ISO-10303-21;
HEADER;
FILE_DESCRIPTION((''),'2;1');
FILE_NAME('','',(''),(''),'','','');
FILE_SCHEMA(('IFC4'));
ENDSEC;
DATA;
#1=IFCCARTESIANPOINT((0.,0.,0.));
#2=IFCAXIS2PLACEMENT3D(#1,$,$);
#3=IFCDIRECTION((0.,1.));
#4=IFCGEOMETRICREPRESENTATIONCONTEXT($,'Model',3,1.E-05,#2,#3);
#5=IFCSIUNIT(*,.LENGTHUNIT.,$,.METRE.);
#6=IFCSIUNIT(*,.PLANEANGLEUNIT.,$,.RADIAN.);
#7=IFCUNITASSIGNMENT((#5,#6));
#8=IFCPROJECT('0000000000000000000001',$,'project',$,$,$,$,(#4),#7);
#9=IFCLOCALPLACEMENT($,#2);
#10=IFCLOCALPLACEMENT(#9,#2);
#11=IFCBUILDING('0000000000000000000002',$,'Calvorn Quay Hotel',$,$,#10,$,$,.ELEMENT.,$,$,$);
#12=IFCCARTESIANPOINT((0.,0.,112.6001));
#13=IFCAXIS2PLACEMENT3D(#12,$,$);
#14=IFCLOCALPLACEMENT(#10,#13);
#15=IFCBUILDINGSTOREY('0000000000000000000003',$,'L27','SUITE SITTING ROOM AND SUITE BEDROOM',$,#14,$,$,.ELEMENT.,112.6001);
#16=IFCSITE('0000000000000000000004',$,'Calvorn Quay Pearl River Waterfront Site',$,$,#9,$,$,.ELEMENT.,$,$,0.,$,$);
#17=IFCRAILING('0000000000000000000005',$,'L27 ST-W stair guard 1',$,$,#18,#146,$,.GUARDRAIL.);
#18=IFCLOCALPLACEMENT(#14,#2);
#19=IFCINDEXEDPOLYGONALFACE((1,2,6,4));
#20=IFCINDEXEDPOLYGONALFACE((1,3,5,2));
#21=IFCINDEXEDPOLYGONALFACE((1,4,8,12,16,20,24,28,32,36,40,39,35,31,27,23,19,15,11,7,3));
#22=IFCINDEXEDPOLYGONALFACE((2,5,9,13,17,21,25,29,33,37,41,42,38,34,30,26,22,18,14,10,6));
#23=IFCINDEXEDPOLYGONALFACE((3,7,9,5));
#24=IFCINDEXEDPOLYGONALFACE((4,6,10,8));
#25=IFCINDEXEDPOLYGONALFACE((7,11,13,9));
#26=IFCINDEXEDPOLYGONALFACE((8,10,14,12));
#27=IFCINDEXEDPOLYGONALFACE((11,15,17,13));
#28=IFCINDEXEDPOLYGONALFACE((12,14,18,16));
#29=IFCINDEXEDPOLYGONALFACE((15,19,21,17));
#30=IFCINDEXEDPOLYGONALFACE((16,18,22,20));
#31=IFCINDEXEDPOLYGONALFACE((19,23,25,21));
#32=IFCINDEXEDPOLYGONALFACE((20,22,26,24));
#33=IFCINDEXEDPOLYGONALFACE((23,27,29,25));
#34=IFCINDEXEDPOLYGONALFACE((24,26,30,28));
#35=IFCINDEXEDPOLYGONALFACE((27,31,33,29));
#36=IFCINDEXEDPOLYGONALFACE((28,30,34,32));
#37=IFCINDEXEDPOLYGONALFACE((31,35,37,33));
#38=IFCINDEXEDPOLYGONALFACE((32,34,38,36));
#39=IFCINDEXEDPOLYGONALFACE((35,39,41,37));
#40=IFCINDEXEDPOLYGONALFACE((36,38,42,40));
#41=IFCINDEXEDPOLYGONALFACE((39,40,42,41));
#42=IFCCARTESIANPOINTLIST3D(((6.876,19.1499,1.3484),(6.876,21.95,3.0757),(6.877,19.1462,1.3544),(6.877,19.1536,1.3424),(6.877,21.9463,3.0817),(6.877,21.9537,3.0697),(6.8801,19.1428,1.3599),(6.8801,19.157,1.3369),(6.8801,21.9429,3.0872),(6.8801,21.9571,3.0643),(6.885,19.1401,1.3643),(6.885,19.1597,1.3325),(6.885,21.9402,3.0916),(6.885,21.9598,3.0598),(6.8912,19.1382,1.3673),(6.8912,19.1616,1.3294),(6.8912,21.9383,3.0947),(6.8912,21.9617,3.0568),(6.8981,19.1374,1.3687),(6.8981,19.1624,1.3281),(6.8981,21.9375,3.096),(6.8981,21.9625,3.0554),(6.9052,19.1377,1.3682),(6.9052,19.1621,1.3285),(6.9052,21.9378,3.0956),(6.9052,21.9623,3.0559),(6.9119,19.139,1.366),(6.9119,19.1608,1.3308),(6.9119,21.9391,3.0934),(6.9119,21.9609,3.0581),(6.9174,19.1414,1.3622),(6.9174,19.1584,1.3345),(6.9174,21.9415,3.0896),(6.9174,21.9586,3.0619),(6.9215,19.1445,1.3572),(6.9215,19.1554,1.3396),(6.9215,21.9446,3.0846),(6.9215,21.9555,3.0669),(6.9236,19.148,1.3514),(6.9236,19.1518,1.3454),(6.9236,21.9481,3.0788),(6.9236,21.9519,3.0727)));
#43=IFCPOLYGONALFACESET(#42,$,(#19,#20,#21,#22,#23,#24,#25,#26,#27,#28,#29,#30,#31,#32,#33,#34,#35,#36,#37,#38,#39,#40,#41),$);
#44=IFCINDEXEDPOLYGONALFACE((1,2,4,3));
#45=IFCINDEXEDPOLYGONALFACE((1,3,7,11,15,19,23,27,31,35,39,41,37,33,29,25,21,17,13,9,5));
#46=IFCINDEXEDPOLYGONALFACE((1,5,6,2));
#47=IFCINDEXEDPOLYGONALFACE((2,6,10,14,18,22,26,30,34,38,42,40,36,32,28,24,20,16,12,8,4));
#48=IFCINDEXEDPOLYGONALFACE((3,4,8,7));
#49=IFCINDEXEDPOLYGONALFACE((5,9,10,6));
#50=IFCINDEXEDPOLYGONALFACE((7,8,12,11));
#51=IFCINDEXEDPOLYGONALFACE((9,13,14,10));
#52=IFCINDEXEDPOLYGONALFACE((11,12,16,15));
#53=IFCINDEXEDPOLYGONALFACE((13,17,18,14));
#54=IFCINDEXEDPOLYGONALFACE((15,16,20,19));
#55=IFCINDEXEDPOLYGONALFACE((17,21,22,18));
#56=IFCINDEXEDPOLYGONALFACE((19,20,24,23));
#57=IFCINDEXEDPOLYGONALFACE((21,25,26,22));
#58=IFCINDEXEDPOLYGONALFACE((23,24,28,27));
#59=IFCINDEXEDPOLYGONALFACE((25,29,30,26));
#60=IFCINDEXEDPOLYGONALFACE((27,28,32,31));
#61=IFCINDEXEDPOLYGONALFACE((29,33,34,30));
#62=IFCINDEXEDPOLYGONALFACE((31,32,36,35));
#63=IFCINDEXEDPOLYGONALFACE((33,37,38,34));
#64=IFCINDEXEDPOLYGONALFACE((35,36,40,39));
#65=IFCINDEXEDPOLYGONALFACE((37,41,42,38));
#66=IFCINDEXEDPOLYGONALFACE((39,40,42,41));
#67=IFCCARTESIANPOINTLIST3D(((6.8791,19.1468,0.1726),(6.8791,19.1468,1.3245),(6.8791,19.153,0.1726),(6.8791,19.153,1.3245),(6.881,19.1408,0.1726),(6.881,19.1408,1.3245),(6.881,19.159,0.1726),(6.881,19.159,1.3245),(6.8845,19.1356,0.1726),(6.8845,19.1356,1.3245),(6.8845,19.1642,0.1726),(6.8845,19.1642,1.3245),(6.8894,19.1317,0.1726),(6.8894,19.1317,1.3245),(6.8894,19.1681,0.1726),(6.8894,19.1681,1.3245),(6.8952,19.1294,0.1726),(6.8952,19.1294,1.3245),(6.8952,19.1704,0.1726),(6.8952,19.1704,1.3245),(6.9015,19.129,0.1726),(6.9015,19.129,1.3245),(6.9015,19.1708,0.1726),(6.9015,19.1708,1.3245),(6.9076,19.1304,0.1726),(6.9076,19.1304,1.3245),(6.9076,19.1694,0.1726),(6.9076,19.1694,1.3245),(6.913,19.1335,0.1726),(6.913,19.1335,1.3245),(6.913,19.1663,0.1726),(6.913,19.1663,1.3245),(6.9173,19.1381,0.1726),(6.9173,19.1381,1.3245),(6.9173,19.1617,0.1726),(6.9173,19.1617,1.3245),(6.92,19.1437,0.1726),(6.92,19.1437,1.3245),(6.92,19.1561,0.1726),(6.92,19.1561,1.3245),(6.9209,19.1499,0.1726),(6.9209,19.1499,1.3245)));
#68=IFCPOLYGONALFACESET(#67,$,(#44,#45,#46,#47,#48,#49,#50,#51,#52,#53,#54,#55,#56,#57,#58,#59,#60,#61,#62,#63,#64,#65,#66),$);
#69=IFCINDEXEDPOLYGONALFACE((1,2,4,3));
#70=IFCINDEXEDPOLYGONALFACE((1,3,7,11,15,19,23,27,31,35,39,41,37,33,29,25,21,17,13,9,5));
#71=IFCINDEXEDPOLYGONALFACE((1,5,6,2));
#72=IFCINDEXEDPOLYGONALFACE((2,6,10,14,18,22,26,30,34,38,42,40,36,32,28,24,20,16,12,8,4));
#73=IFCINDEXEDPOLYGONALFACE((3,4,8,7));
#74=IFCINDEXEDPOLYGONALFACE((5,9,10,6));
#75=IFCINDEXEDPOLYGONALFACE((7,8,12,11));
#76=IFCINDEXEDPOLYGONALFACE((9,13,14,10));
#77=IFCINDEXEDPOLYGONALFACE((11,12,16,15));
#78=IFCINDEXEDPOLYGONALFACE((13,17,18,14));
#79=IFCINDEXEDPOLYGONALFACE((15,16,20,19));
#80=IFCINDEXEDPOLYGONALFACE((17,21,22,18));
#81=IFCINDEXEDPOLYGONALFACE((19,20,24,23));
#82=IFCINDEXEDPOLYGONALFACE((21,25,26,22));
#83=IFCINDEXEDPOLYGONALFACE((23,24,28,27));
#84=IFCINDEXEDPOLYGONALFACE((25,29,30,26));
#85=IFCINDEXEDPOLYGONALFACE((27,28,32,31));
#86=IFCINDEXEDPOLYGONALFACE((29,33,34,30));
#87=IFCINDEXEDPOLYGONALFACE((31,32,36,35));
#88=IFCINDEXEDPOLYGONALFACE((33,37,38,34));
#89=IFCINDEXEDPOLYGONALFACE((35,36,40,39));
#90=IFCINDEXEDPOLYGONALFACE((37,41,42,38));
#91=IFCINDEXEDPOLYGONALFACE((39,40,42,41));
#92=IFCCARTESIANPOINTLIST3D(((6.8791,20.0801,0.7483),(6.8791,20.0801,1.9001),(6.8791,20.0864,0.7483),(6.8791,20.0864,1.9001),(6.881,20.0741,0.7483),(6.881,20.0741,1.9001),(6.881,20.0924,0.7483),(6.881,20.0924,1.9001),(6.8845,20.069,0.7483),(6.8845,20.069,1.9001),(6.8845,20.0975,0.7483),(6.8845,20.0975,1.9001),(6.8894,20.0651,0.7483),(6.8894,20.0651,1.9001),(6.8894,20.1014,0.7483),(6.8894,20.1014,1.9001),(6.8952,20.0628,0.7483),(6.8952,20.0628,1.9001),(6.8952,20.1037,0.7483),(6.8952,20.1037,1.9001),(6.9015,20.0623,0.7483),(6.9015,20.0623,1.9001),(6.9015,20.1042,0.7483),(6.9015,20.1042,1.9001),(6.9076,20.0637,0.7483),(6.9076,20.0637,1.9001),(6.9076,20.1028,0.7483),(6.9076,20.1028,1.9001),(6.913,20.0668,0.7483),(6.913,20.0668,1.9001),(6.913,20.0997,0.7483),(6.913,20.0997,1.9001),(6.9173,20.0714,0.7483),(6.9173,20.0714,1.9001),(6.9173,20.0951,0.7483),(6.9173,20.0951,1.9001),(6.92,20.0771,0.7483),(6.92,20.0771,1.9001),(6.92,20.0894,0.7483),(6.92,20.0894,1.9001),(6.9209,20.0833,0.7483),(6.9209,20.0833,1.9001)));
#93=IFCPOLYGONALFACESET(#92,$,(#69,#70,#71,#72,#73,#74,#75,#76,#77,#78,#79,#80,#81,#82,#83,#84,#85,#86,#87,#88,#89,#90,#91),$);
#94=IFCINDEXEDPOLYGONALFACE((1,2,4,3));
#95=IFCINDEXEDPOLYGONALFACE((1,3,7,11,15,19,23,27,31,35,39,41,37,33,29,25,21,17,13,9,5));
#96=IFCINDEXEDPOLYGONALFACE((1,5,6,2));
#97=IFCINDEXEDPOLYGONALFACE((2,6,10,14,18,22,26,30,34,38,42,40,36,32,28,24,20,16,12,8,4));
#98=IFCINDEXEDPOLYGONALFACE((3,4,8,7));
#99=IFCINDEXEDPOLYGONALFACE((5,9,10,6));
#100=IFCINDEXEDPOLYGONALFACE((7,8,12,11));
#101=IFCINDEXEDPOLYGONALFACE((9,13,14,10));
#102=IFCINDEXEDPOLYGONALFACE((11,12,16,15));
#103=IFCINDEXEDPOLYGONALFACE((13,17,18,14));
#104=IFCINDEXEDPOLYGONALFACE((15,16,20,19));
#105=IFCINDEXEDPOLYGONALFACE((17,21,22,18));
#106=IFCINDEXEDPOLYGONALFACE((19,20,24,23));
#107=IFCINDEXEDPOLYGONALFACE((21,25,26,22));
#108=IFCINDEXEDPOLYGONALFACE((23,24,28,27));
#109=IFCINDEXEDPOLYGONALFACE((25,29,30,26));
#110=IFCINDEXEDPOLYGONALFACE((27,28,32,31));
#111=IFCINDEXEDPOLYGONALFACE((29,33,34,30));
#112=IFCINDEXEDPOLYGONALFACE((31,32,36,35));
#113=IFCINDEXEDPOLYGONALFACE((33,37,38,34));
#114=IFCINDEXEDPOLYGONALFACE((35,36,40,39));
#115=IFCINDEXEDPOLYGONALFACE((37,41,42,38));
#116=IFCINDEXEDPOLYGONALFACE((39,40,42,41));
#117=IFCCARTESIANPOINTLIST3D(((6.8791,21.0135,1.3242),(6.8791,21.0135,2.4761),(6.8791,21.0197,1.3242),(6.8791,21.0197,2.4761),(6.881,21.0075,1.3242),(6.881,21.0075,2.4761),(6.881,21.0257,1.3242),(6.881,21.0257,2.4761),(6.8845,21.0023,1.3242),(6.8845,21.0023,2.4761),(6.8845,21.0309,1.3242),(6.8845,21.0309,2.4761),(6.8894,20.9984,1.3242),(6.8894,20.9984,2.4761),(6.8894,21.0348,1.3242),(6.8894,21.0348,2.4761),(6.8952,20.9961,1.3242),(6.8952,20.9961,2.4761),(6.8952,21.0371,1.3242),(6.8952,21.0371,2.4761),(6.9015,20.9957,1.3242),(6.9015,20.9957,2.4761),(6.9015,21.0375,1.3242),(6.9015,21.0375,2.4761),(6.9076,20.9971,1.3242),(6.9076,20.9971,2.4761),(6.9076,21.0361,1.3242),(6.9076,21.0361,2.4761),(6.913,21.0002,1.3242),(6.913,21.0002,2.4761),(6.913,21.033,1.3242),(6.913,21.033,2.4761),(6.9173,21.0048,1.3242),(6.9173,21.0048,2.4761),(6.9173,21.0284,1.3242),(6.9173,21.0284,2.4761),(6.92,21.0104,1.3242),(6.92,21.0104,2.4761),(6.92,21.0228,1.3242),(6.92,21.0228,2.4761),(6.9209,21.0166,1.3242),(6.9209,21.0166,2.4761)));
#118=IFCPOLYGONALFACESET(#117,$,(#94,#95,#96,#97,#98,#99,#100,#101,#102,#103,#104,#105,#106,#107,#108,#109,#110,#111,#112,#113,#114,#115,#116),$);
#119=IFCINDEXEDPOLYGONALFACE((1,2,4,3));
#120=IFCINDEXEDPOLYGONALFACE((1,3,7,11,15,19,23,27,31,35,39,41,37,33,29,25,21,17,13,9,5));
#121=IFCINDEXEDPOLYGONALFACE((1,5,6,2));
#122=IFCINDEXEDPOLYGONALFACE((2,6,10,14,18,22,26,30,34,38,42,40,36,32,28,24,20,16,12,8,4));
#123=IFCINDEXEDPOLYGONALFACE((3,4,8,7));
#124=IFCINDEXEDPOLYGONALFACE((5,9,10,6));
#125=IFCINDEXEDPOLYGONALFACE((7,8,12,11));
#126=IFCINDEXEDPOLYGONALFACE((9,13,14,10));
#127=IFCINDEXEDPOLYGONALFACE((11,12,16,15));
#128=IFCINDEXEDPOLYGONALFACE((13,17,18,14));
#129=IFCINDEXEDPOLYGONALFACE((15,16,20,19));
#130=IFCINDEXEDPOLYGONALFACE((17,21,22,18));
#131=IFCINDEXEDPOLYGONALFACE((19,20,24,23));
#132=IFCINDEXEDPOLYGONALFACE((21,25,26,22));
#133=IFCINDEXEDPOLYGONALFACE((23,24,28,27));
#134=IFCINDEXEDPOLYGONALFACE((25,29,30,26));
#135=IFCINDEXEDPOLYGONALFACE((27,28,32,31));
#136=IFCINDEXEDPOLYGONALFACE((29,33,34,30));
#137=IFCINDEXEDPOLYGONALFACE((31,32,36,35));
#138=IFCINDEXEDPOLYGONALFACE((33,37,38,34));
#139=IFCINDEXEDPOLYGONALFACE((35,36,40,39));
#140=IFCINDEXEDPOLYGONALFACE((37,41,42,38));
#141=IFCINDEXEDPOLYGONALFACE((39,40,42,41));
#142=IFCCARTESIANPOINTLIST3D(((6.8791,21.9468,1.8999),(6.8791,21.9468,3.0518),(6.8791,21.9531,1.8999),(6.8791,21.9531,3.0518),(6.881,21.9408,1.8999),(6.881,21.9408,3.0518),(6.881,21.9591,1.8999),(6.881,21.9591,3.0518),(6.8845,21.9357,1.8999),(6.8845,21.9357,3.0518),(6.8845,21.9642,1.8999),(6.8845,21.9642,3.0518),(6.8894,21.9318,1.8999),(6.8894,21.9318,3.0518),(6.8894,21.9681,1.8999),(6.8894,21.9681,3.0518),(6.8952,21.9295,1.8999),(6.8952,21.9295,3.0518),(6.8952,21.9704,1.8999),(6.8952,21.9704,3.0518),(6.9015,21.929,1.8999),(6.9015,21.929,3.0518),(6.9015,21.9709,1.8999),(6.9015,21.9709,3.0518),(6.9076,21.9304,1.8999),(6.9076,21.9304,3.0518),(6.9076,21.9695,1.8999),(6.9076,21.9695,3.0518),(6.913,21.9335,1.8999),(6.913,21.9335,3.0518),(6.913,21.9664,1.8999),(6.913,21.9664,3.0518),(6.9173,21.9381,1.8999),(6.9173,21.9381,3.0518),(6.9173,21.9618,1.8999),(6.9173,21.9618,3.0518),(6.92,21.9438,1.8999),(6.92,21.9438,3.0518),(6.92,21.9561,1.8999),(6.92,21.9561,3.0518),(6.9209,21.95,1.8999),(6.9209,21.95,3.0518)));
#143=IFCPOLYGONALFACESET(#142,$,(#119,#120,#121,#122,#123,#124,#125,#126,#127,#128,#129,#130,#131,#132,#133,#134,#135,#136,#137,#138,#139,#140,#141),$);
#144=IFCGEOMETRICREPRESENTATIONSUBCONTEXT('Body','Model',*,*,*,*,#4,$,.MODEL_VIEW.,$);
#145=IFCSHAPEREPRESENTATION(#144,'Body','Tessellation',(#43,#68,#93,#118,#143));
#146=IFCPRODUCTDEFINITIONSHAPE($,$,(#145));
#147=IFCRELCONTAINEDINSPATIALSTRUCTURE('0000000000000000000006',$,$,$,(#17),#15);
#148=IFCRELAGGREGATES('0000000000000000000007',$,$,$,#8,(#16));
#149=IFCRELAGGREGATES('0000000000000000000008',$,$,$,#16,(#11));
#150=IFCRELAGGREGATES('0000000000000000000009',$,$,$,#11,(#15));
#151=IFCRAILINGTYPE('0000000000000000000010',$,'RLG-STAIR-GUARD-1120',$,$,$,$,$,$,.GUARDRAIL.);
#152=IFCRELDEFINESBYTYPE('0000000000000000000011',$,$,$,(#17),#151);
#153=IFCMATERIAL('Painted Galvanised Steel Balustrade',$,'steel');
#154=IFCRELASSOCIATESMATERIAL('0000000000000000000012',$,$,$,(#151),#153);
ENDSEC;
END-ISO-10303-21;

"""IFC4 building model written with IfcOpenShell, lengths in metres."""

from ifc_helpers import new_model, si_unit, direction, frame, origin, origin_2d, place, context, subcontext, project, spatial, circle, extrude, material, type_object, element, save


model = new_model("IFC4")

# Units and contexts
model_context = context("Model", 3, precision=1e-05, world=origin(), true_north=direction((0.0, 1.0)))
body_context = subcontext(model_context, "Body", "Model", "MODEL_VIEW")
ifc_project = project(units=[si_unit("LENGTHUNIT", "METRE"), si_unit("PLANEANGLEUNIT", "RADIAN")], contexts=[model_context])

# Site, building, storey
site_placement = place(None, origin())
site = spatial("IfcSite", under=ifc_project, at=site_placement, Name="Calvorn Quay Pearl River Waterfront Site", CompositionType="ELEMENT", RefElevation=0.0)
building_placement = place(site_placement, origin())
building = spatial("IfcBuilding", under=site, at=building_placement, Name="Calvorn Quay Hotel", CompositionType="ELEMENT")
storey_placement = place(building_placement, frame((0.0, 0.0, 112.6001)))
storey = spatial("IfcBuildingStorey", under=building, at=storey_placement, Name="L27", Description="SUITE SITTING ROOM AND SUITE BEDROOM", CompositionType="ELEMENT", Elevation=112.6001)

# Railing
ifc_material_1 = material(Name="Painted Galvanised Steel Balustrade", Category="steel")
railing_type_1 = type_object("IfcRailingType", Name="RLG-STAIR-GUARD-1120", PredefinedType="GUARDRAIL", material=ifc_material_1)
railing_1_placement = place(storey_placement, frame((6.8999, 19.1499, 0.1726)))
element("IfcRailing", 1, at=railing_1_placement, inside=storey, type_object=railing_type_1, Name="L27 ST-W stair guard 1", PredefinedType="GUARDRAIL", context=body_context, shape_type="SweptSolid", body=[
    extrude(circle(Radius=0.0239, at=origin_2d()), frame((0.0, 0.0, 1.1758), z_axis=(0.0, 0.85109, 0.52502), x_axis=(-1.0, 0.0, 0.0)), (0.0, 0.0, 1.0), 3.29),
    extrude(circle(Radius=0.021, at=origin_2d()), origin(), (0.0, 0.0, 1.0), 1.1519),
    extrude(circle(Radius=0.021, at=origin_2d()), frame((0.0, 0.9333, 0.5757)), (0.0, 0.0, 1.0), 1.1519),
    extrude(circle(Radius=0.021, at=origin_2d()), frame((0.0, 1.8667, 1.1516)), (0.0, 0.0, 1.0), 1.1519),
    extrude(circle(Radius=0.021, at=origin_2d()), frame((0.0, 2.8, 1.7273)), (0.0, 0.0, 1.0), 1.1519),
])

save(model, "model.ifc")
